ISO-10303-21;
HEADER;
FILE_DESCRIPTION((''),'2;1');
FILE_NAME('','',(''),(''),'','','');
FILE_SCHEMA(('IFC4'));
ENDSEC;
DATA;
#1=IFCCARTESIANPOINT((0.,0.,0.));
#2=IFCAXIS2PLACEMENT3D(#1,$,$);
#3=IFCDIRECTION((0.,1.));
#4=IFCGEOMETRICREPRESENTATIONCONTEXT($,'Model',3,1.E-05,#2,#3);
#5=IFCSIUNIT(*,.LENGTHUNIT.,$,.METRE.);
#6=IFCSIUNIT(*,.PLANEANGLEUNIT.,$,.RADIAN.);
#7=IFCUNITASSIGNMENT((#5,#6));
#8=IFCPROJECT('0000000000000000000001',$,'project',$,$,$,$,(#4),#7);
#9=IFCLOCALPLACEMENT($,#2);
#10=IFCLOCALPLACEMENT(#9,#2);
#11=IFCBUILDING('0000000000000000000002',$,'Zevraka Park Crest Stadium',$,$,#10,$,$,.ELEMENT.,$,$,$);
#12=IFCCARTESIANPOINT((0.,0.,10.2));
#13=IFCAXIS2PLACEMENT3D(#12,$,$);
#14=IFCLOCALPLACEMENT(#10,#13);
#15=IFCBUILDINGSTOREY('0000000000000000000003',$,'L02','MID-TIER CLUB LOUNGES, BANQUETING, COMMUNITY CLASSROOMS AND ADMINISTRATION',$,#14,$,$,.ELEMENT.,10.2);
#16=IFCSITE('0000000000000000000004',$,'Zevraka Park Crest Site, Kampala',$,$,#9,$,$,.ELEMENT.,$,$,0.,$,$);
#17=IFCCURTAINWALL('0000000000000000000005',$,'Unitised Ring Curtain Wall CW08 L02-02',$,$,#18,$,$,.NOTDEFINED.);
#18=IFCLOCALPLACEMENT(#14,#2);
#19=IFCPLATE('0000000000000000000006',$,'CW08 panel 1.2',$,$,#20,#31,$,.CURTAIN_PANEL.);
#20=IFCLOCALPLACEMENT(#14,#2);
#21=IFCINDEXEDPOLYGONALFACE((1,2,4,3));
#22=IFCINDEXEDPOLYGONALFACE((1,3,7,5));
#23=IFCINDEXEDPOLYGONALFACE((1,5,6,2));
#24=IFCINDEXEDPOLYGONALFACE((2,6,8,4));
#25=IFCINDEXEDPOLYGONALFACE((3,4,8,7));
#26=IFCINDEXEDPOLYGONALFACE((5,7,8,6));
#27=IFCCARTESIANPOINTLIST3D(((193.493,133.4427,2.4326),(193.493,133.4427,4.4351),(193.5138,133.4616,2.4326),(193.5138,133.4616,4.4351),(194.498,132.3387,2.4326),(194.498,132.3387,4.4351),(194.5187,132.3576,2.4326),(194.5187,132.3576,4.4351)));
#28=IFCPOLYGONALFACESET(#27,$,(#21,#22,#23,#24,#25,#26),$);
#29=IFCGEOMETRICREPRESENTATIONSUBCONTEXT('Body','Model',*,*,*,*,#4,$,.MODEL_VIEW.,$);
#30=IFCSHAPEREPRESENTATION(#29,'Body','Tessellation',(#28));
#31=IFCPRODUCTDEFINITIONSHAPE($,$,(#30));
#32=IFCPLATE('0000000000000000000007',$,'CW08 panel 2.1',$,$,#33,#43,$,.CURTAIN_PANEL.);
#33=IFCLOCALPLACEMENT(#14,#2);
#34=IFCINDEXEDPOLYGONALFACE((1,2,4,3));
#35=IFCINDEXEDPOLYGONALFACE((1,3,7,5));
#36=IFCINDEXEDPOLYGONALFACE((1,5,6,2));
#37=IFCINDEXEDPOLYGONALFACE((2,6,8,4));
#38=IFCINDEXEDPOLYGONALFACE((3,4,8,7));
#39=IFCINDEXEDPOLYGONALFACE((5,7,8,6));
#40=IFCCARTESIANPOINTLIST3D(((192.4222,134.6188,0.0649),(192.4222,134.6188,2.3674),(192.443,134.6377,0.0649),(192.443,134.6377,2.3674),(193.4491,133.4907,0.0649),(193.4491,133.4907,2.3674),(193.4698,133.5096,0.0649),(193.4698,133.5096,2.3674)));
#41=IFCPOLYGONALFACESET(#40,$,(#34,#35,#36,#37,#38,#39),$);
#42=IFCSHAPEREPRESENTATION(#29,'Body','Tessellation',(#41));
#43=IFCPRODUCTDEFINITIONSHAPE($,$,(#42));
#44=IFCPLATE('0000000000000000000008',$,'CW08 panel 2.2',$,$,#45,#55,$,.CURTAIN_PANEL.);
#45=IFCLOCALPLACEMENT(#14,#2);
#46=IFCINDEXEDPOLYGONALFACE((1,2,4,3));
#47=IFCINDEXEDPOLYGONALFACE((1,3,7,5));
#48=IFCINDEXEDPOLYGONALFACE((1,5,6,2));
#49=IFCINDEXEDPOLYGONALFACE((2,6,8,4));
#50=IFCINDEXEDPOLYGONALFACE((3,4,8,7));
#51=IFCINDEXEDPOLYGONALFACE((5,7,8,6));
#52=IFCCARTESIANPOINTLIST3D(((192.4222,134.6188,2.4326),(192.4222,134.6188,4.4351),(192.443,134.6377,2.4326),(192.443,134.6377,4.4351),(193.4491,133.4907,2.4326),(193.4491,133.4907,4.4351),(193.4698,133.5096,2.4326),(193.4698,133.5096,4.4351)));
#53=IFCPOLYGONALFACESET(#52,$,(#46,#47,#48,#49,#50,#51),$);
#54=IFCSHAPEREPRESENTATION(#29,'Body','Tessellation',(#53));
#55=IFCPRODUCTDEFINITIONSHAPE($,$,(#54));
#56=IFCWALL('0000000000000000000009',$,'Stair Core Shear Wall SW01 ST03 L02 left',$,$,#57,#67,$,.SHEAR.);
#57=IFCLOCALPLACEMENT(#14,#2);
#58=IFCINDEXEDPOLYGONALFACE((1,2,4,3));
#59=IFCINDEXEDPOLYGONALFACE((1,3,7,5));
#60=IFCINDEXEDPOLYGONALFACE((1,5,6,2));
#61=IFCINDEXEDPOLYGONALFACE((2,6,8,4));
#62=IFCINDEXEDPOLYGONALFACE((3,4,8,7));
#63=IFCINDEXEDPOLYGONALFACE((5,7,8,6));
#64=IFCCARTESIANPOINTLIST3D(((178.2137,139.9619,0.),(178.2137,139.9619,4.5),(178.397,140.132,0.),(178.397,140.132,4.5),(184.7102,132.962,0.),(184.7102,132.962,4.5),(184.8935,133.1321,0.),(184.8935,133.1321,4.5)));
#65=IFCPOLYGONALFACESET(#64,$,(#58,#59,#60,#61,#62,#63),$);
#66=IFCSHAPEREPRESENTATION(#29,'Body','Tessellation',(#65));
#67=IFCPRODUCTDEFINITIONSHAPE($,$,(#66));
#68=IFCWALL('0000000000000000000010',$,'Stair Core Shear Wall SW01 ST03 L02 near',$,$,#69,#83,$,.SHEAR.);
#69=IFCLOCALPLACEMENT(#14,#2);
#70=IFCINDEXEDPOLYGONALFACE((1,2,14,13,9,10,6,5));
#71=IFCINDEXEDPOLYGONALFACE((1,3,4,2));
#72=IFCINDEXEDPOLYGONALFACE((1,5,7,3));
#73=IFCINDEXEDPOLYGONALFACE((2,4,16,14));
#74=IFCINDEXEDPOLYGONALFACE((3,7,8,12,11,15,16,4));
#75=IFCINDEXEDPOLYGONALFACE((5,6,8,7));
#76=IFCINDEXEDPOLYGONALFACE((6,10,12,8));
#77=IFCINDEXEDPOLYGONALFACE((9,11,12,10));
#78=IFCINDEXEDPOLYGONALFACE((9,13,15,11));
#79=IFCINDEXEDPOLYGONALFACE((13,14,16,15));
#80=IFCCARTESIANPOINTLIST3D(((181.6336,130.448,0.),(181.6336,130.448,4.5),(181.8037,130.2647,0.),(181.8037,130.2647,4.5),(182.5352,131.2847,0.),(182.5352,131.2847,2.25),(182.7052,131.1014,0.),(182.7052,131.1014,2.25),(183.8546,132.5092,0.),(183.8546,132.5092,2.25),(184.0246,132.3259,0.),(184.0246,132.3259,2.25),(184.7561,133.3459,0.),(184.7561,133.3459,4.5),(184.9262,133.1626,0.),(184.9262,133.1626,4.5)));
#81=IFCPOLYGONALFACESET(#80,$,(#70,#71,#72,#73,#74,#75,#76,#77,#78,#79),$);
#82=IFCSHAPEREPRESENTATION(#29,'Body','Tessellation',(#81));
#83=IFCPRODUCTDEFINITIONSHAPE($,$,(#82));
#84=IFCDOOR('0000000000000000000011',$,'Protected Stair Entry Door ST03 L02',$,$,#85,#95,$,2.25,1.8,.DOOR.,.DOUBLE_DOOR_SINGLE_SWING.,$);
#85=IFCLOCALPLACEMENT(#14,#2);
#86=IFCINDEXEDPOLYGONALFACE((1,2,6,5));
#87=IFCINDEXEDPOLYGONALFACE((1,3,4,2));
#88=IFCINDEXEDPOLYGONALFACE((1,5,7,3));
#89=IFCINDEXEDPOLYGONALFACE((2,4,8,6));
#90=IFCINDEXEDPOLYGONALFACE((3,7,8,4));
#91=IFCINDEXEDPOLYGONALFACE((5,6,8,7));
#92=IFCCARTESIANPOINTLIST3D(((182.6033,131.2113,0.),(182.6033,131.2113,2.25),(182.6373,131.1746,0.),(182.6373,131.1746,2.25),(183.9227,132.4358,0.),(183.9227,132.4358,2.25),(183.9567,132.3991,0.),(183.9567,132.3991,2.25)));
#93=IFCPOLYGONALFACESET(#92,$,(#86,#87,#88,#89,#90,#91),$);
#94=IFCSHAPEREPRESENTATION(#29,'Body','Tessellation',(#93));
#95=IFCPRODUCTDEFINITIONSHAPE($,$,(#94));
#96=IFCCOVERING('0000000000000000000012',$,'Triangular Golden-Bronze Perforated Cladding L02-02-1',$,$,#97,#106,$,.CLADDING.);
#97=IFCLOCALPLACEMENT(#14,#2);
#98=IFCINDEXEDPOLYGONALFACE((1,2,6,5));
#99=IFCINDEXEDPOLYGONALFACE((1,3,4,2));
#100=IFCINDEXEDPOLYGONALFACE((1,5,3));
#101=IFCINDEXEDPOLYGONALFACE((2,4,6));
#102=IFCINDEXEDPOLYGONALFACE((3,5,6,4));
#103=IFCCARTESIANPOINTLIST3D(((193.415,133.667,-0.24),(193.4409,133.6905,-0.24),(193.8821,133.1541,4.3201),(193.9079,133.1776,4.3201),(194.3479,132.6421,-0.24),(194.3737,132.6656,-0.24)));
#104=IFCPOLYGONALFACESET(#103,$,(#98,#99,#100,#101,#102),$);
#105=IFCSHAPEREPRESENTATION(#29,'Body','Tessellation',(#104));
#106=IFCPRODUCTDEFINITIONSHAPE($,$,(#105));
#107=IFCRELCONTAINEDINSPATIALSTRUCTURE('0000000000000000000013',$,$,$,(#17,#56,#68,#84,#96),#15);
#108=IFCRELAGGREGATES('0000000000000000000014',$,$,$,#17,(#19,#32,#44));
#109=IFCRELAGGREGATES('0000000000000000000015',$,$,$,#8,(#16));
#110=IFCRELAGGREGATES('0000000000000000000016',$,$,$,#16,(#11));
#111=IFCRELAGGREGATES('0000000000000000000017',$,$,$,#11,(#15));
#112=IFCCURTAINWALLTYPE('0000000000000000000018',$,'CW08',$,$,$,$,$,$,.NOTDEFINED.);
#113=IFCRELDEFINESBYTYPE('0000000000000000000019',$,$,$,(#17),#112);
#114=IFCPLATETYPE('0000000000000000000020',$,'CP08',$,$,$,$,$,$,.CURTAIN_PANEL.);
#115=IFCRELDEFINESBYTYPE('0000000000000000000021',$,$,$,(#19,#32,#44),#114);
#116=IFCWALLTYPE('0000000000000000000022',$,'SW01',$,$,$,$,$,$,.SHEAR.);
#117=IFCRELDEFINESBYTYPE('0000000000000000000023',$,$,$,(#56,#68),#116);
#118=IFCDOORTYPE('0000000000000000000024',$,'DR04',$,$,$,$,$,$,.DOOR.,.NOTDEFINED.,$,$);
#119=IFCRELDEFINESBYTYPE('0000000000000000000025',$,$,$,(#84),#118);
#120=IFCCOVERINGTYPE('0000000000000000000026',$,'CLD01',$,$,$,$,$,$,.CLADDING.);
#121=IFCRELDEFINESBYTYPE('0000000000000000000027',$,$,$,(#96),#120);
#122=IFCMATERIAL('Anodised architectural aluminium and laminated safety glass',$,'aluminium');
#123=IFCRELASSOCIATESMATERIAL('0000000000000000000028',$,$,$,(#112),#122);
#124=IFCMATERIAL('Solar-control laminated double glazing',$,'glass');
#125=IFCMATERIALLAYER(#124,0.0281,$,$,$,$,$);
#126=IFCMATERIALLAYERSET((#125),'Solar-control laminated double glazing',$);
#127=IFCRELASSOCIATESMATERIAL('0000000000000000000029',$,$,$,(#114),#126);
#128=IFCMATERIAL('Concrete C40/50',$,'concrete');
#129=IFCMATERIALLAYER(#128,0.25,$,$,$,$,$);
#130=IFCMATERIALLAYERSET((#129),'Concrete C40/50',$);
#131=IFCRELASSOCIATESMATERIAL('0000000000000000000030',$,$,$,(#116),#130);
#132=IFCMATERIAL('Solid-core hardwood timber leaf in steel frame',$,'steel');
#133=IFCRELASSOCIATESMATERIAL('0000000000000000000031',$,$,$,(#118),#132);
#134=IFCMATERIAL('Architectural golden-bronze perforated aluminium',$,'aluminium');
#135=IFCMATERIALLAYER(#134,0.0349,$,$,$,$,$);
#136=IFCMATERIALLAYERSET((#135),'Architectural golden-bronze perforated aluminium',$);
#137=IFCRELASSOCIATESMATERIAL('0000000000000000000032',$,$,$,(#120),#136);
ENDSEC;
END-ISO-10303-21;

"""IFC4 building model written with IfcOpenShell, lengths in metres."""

from ifc_helpers import new_model, si_unit, direction, frame, frame_2d, origin, origin_2d, place, context, subcontext, project, spatial, polyline, rectangle, outline, extrude, material, layer, layer_set, type_object, element, fill, aggregate, save


model = new_model("IFC4")

# Units and contexts
model_context = context("Model", 3, precision=1e-05, world=origin(), true_north=direction((0.0, 1.0)))
body_context = subcontext(model_context, "Body", "Model", "MODEL_VIEW")
ifc_project = project(units=[si_unit("LENGTHUNIT", "METRE"), si_unit("PLANEANGLEUNIT", "RADIAN")], contexts=[model_context])

# Site, building, storey
site_placement = place(None, origin())
site = spatial("IfcSite", under=ifc_project, at=site_placement, Name="Zevraka Park Crest Site, Kampala", CompositionType="ELEMENT", RefElevation=0.0)
building_placement = place(site_placement, origin())
building = spatial("IfcBuilding", under=site, at=building_placement, Name="Zevraka Park Crest Stadium", CompositionType="ELEMENT")
storey_placement = place(building_placement, frame((0.0, 0.0, 10.2)))
storey = spatial("IfcBuildingStorey", under=building, at=storey_placement, Name="L02", Description="MID-TIER CLUB LOUNGES, BANQUETING, COMMUNITY CLASSROOMS AND ADMINISTRATION", CompositionType="ELEMENT", Elevation=10.2)

# Curtain wall
ifc_material_1 = material(Name="Anodised architectural aluminium and laminated safety glass", Category="aluminium")
curtain_wall_type = type_object("IfcCurtainWallType", Name="CW08", PredefinedType="NOTDEFINED", material=ifc_material_1)
curtain_wall_placement = place(storey_placement, origin())
curtain_wall = element("IfcCurtainWall", 1, at=curtain_wall_placement, inside=storey, type_object=curtain_wall_type, Name="Unitised Ring Curtain Wall CW08 L02-02", PredefinedType="NOTDEFINED")

# Plates
ifc_material_2 = material(Name="Solar-control laminated double glazing", Category="glass")
ifc_layer_1 = layer(ifc_material_2, 0.0281)
ifc_layer_set_1 = layer_set([ifc_layer_1], Name="Solar-control laminated double glazing")
plate_type = type_object("IfcPlateType", Name="CP08", PredefinedType="CURTAIN_PANEL", material=ifc_layer_set_1)
plate_1_placement = place(storey_placement, frame((194.0059, 132.9001, 2.4326), z_axis=(0.0, 0.0, 1.0), x_axis=(-0.67316, 0.739497, 0.0)))
plate_1 = element("IfcPlate", 2, at=plate_1_placement, type_object=plate_type, Name="CW08 panel 1.2", PredefinedType="CURTAIN_PANEL", context=body_context, shape_type="SweptSolid", body=[
    extrude(rectangle(XDim=1.4929, YDim=0.0281, at=origin_2d()), origin(), (0.0, 0.0, 1.0), 2.0024),
])
plate_2_placement = place(storey_placement, frame((192.946, 134.0642, 0.0649), z_axis=(0.0, 0.0, 1.0), x_axis=(-0.67316, 0.739497, 0.0)))
plate_2 = element("IfcPlate", 3, at=plate_2_placement, type_object=plate_type, Name="CW08 panel 2.1", PredefinedType="CURTAIN_PANEL", context=body_context, shape_type="SweptSolid", body=[
    extrude(rectangle(XDim=1.5254, YDim=0.0281, at=origin_2d()), origin(), (0.0, 0.0, 1.0), 2.3025),
])
plate_3_placement = place(storey_placement, frame((192.946, 134.0642, 2.4326), z_axis=(0.0, 0.0, 1.0), x_axis=(-0.67316, 0.739497, 0.0)))
plate_3 = element("IfcPlate", 4, at=plate_3_placement, type_object=plate_type, Name="CW08 panel 2.2", PredefinedType="CURTAIN_PANEL", context=body_context, shape_type="SweptSolid", body=[
    extrude(rectangle(XDim=1.5254, YDim=0.0281, at=origin_2d()), origin(), (0.0, 0.0, 1.0), 2.0024),
])
aggregate(curtain_wall, [plate_1, plate_2, plate_3])

# Wall
ifc_material_3 = material(Name="Concrete C40/50", Category="concrete")
ifc_layer_2 = layer(ifc_material_3, 0.25)
ifc_layer_set_2 = layer_set([ifc_layer_2], Name="Concrete C40/50")
wall_type = type_object("IfcWallType", Name="SW01", PredefinedType="SHEAR", material=ifc_layer_set_2)
wall_1_placement = place(storey_placement, frame((184.8018, 133.0471, 0.0), z_axis=(0.0, 0.0, 1.0), x_axis=(-0.680259, 0.732972, 0.0)))
element("IfcWall", 5, at=wall_1_placement, inside=storey, type_object=wall_type, Name="Stair Core Shear Wall SW01 ST03 L02 left", PredefinedType="SHEAR", context=body_context, shape_type="SweptSolid", body=[
    extrude(rectangle(XDim=9.55, YDim=0.25, at=frame_2d((4.7749, 0.0))), origin(), (0.0, 0.0, 1.0), 4.5),
])

# Wall, opening, door
wall_2_placement = place(storey_placement, frame((181.7188, 130.3564, 0.0), z_axis=(0.0, 0.0, 1.0), x_axis=(0.732977, 0.680253, 0.0)))
wall_2 = element("IfcWall", 6, at=wall_2_placement, inside=storey, type_object=wall_type, Name="Stair Core Shear Wall SW01 ST03 L02 near", PredefinedType="SHEAR", context=body_context, shape_type="SweptSolid", body=[
    extrude(rectangle(XDim=4.26, YDim=0.25, at=frame_2d((2.1299, 0.0))), origin(), (0.0, 0.0, 1.0), 4.5),
])
opening_placement = place(wall_2_placement, frame((1.23, 0.0, 0.0)))
opening = element("IfcOpeningElement", 7, at=opening_placement, cuts=wall_2, PredefinedType="OPENING", context=body_context, shape_type="SweptSolid", body=[
    extrude(rectangle(XDim=1.8, YDim=2.25, at=frame_2d((0.8999, 1.125))), frame((0.0, 0.135, 0.0), z_axis=(0.0, -1.0, 0.0), x_axis=(1.0, 0.0, 0.0)), (0.0, 0.0, 1.0), 0.27),
])
ifc_material_4 = material(Name="Solid-core hardwood timber leaf in steel frame", Category="steel")
door_type = type_object("IfcDoorType", Name="DR04", OperationType="NOTDEFINED", PredefinedType="DOOR", material=ifc_material_4)
door_placement = place(opening_placement, origin())
door = element("IfcDoor", 8, at=door_placement, inside=storey, type_object=door_type, Name="Protected Stair Entry Door ST03 L02", OperationType="DOUBLE_DOOR_SINGLE_SWING", OverallHeight=2.25, OverallWidth=1.8, PredefinedType="DOOR", context=body_context, shape_type="SweptSolid", body=[
    extrude(rectangle(XDim=1.8, YDim=2.25, at=frame_2d((0.8999, 1.125))), frame((0.0, 0.0249, 0.0), z_axis=(0.0, -1.0, 0.0), x_axis=(1.0, 0.0, 0.0)), (0.0, 0.0, 1.0), 0.05),
])
fill(opening, door)

# Covering
ifc_material_5 = material(Name="Architectural golden-bronze perforated aluminium", Category="aluminium")
ifc_layer_3 = layer(ifc_material_5, 0.0349)
ifc_layer_set_3 = layer_set([ifc_layer_3], Name="Architectural golden-bronze perforated aluminium")
covering_type = type_object("IfcCoveringType", Name="CLD01", PredefinedType="CLADDING", material=ifc_layer_set_3)
covering_placement = place(storey_placement, frame((194.3479, 132.6421, -0.24), z_axis=(-0.739533, -0.67312, 0.000027), x_axis=(-0.67312, 0.739533, 0.0)))
element("IfcCovering", 9, at=covering_placement, inside=storey, type_object=covering_type, Name="Triangular Golden-Bronze Perforated Cladding L02-02-1", PredefinedType="CLADDING", context=body_context, shape_type="SweptSolid", body=[
    extrude(outline(polyline([(0.0, 0.0), (1.3859, 0.0), (0.6922, -4.5601), (0.0, 0.0)])), origin(), (0.0, 0.0, -1.0), 0.0349),
])

save(model, "model.ifc")
